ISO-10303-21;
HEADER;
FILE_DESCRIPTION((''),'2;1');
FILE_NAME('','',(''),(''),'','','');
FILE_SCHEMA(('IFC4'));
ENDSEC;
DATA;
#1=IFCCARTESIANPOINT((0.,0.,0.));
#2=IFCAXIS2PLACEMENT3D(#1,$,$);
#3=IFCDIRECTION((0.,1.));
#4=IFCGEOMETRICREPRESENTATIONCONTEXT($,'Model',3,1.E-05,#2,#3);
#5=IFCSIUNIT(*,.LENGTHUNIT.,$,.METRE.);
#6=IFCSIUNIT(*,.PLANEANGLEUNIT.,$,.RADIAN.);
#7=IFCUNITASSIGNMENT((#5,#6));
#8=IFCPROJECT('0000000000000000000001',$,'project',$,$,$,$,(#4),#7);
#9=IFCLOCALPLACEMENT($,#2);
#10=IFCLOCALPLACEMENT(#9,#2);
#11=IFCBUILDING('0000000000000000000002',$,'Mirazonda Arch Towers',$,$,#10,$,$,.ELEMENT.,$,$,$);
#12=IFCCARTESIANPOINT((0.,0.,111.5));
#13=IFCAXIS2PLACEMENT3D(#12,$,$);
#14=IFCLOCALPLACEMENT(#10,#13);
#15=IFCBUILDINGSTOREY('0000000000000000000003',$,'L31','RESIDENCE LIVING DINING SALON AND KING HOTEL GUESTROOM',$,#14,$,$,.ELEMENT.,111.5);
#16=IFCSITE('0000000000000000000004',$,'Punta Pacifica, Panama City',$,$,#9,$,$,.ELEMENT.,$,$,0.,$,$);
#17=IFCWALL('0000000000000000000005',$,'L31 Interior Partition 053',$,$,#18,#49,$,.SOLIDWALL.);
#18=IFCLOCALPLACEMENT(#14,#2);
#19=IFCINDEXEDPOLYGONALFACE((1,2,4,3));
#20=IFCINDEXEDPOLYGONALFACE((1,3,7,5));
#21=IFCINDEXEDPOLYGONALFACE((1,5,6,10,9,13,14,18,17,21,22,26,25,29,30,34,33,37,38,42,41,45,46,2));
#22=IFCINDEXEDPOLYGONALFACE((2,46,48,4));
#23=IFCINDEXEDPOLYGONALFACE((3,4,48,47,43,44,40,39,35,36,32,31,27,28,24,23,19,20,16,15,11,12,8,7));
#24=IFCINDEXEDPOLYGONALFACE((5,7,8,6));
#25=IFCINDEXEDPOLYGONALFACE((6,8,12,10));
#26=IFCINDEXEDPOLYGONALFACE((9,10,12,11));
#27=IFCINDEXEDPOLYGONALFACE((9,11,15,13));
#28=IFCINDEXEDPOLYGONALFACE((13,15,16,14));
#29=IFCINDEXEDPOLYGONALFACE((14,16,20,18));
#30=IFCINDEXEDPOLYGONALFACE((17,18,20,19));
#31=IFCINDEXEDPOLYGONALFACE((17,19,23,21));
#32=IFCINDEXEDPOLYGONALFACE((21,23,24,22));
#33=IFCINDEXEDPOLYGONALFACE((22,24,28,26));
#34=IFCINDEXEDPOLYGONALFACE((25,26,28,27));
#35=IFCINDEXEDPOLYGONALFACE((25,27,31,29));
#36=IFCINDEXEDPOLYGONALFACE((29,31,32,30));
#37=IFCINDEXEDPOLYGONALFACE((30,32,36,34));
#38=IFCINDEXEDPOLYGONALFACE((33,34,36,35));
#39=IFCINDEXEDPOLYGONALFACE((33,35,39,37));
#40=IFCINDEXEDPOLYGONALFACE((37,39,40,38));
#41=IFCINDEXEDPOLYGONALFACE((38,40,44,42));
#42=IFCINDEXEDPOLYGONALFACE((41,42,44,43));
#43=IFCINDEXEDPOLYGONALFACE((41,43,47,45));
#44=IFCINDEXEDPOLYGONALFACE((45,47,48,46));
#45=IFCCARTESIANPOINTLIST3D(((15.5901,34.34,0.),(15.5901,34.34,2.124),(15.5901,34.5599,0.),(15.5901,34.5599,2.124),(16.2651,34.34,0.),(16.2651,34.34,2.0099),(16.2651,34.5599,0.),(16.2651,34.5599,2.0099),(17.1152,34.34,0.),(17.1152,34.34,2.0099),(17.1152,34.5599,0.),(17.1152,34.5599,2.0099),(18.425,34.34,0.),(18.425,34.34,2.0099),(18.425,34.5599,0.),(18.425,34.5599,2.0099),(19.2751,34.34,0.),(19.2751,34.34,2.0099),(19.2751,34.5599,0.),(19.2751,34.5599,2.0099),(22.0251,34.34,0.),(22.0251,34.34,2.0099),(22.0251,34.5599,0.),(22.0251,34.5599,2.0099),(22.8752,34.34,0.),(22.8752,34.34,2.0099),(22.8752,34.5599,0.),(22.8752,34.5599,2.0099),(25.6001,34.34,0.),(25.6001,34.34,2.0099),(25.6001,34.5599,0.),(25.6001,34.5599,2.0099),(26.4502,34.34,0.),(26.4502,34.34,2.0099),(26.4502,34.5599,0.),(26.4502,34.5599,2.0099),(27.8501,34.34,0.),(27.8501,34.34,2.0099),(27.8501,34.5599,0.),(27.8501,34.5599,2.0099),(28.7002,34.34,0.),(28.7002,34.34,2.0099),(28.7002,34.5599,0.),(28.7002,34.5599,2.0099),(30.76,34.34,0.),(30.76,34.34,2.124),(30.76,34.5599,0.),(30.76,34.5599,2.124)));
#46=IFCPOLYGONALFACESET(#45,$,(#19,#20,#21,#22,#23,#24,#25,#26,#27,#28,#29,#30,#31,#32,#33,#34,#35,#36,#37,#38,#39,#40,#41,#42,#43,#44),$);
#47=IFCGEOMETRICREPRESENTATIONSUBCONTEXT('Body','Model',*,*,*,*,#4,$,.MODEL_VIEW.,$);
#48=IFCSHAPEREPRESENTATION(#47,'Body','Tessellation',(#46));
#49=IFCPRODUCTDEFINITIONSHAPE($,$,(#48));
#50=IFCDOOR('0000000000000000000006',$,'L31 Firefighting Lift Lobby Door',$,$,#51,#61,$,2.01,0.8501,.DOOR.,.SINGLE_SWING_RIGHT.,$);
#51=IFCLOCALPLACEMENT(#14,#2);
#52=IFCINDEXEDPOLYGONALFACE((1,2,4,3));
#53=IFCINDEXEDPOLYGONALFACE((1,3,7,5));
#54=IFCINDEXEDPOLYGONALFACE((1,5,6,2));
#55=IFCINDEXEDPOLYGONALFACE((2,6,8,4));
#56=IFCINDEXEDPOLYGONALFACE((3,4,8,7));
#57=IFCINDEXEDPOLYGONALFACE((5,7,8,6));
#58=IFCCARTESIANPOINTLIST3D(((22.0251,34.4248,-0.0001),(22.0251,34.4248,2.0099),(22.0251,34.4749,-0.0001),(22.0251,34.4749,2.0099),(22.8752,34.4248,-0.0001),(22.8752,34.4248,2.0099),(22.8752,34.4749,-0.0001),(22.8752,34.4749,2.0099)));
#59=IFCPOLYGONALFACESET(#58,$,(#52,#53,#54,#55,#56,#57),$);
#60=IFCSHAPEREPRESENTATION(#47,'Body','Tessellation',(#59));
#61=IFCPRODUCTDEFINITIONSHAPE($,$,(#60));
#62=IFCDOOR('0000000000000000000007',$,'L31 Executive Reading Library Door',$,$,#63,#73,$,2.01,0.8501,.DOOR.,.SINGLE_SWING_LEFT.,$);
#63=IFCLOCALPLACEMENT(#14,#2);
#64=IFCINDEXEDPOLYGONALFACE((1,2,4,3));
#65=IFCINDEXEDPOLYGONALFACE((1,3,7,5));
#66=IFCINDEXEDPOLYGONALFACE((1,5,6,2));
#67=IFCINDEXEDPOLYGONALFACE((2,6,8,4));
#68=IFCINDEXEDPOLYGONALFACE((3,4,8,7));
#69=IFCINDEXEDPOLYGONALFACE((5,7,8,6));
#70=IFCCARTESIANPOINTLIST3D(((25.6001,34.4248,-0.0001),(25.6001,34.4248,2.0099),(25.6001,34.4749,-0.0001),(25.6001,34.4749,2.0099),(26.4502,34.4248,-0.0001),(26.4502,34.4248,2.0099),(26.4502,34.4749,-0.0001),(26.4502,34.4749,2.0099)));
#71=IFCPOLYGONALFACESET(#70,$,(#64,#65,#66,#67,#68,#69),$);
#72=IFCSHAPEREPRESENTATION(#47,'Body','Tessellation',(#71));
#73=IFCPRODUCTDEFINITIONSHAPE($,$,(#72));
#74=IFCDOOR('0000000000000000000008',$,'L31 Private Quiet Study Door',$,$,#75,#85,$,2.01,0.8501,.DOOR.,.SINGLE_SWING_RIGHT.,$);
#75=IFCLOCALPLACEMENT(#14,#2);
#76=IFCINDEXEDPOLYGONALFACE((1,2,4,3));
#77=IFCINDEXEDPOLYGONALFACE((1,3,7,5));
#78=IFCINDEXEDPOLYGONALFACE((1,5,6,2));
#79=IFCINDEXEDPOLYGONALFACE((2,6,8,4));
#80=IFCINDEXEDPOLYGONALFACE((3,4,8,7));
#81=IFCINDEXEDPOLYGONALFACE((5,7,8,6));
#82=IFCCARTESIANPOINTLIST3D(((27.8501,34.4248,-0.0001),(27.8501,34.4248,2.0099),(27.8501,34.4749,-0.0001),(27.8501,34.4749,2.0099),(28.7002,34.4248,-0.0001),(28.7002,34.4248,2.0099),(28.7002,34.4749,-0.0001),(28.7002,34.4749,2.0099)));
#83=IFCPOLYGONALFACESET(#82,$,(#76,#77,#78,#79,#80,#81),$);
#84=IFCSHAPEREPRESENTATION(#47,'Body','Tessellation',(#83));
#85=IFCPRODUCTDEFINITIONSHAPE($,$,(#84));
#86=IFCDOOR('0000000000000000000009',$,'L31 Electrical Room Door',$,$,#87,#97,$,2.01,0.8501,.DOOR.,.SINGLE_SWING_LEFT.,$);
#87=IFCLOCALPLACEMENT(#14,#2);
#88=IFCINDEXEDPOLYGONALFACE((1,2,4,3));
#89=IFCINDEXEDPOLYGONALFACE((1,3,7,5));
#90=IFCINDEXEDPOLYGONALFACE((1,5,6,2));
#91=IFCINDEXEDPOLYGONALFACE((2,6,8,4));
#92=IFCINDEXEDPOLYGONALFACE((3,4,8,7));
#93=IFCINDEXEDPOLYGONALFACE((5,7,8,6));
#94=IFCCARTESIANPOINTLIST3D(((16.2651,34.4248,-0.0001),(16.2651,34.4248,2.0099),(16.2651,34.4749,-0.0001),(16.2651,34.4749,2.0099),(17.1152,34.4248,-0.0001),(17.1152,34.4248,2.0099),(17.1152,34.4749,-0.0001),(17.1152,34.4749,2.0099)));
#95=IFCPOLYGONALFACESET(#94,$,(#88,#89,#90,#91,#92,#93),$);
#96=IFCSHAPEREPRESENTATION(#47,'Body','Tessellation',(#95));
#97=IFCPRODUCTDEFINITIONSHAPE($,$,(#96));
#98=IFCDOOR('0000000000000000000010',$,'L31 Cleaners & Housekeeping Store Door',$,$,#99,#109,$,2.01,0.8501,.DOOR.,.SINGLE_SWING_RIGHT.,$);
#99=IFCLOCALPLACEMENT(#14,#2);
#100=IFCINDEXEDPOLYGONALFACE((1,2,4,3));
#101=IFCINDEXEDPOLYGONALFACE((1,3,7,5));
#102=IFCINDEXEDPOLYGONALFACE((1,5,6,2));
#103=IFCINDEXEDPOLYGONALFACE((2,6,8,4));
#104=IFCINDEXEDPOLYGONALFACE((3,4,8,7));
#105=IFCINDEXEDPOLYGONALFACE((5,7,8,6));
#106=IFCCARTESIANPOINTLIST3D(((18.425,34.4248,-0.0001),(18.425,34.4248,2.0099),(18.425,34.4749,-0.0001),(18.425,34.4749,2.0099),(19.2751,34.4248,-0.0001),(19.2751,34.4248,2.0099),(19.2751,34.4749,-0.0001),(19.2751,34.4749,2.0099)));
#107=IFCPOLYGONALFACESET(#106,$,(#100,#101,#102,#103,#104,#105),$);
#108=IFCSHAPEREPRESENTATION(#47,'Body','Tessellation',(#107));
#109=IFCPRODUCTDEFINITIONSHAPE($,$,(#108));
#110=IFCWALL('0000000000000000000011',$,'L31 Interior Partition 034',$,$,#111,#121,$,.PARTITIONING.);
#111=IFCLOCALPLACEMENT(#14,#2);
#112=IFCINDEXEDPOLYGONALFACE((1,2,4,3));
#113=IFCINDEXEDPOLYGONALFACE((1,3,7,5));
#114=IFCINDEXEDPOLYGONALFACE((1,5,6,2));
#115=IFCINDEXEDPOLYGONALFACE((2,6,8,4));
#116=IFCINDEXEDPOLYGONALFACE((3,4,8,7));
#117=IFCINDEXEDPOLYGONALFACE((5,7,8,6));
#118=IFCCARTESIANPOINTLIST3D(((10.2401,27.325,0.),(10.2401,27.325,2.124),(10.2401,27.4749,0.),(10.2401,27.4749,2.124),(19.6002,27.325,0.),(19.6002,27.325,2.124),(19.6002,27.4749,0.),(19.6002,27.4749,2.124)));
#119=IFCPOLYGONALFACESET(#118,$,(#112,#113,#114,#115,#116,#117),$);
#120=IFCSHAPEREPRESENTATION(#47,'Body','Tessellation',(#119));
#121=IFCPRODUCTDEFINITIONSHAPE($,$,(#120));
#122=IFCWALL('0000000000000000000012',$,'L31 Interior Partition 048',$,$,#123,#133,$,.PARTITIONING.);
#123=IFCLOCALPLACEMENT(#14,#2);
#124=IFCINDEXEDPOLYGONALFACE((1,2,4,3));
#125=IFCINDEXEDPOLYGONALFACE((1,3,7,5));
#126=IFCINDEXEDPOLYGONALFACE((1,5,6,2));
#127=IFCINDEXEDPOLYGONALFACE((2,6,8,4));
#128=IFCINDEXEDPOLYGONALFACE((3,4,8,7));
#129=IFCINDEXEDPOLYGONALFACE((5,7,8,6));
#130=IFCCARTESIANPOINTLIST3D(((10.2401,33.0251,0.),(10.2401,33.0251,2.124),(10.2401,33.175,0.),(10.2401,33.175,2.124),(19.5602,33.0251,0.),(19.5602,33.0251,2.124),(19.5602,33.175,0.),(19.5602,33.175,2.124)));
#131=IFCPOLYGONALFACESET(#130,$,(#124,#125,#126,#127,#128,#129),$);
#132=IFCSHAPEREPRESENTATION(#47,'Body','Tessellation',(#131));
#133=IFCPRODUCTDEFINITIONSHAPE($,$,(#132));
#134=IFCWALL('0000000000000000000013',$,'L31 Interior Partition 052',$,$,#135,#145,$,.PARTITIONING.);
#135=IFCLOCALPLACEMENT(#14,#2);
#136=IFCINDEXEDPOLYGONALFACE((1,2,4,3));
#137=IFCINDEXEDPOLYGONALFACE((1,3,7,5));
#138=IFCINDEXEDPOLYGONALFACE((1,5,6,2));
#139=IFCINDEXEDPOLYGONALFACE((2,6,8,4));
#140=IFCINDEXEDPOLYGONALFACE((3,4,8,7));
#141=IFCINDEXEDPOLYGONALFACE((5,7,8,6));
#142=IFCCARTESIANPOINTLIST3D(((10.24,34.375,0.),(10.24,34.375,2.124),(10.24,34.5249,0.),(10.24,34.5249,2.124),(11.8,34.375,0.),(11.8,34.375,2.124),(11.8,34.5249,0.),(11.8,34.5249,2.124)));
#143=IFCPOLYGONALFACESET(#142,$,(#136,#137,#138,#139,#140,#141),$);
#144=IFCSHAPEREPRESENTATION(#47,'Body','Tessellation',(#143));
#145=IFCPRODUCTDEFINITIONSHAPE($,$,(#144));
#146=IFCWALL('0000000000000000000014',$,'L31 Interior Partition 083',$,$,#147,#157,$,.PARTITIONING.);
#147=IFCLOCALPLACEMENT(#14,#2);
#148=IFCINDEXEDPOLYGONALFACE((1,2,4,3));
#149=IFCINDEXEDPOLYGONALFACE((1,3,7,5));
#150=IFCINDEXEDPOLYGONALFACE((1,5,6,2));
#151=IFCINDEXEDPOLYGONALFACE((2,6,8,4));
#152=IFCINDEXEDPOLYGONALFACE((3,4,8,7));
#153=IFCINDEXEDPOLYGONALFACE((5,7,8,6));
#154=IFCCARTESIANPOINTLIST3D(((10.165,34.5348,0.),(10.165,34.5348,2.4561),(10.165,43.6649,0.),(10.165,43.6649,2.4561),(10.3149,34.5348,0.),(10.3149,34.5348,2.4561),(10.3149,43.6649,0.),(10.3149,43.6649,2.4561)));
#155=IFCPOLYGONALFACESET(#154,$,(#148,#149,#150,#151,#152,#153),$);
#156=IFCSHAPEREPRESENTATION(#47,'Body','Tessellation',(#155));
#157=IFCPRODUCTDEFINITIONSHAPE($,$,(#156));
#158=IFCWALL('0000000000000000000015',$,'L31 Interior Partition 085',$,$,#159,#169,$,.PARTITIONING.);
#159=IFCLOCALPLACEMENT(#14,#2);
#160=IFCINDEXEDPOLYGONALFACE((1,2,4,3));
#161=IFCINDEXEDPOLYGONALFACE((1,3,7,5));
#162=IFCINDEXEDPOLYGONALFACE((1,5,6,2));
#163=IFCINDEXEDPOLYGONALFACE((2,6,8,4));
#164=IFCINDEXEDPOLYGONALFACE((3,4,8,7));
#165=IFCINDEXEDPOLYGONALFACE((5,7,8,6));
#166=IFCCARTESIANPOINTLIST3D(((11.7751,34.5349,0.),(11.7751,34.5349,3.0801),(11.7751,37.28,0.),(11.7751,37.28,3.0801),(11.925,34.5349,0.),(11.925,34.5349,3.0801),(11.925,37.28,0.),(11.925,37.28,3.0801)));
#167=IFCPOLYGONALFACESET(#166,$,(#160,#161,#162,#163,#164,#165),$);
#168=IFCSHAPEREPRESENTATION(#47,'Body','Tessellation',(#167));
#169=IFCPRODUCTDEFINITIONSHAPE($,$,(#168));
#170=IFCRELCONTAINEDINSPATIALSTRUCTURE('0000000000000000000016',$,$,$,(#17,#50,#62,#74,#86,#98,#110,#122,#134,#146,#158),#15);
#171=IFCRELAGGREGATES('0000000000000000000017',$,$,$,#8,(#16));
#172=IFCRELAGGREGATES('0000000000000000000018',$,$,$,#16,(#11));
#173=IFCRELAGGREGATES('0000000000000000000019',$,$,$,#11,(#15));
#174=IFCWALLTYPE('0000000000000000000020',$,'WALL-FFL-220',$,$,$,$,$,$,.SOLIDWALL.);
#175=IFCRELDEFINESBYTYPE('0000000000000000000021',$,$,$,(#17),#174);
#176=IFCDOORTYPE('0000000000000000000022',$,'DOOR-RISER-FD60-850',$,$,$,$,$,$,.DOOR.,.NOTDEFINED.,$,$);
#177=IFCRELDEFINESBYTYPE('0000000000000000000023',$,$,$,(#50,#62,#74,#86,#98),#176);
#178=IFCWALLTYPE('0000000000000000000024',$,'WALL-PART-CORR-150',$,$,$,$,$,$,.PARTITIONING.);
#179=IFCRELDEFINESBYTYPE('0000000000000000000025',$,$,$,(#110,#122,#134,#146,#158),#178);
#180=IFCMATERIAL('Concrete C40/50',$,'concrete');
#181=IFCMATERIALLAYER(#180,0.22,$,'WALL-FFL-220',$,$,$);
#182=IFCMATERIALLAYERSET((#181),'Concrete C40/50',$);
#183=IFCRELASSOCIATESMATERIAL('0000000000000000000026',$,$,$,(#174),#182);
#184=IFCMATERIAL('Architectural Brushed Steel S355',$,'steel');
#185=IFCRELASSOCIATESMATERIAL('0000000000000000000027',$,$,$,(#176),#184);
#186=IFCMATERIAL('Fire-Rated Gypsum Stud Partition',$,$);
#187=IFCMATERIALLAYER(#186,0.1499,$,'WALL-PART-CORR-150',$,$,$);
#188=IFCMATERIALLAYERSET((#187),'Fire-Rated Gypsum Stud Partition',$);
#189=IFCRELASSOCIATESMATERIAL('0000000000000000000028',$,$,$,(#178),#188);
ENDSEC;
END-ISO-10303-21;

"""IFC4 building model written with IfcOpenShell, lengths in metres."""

from ifc_helpers import new_model, si_unit, direction, frame, frame_2d, origin, place, context, subcontext, project, spatial, rectangle, extrude, material, layer, layer_set, type_object, element, fill, save


model = new_model("IFC4")

# Units and contexts
model_context = context("Model", 3, precision=1e-05, world=origin(), true_north=direction((0.0, 1.0)))
body_context = subcontext(model_context, "Body", "Model", "MODEL_VIEW")
ifc_project = project(units=[si_unit("LENGTHUNIT", "METRE"), si_unit("PLANEANGLEUNIT", "RADIAN")], contexts=[model_context])

# Site, building, storey
site_placement = place(None, origin())
site = spatial("IfcSite", under=ifc_project, at=site_placement, Name="Punta Pacifica, Panama City", CompositionType="ELEMENT", RefElevation=0.0)
building_placement = place(site_placement, origin())
building = spatial("IfcBuilding", under=site, at=building_placement, Name="Mirazonda Arch Towers", CompositionType="ELEMENT")
storey_placement = place(building_placement, frame((0.0, 0.0, 111.5)))
storey = spatial("IfcBuildingStorey", under=building, at=storey_placement, Name="L31", Description="RESIDENCE LIVING DINING SALON AND KING HOTEL GUESTROOM", CompositionType="ELEMENT", Elevation=111.5)

# Wall, openings, doors
ifc_material_1 = material(Name="Architectural Brushed Steel S355", Category="steel")
ifc_material_2 = material(Name="Concrete C40/50", Category="concrete")
ifc_layer_1 = layer(ifc_material_2, 0.22, Name="WALL-FFL-220")
ifc_layer_set_1 = layer_set([ifc_layer_1], Name="Concrete C40/50")
wall_type_1 = type_object("IfcWallType", Name="WALL-FFL-220", PredefinedType="SOLIDWALL", material=ifc_layer_set_1)
wall_1_placement = place(storey_placement, frame((15.5901, 34.45, 0.0), z_axis=(0.0, 0.0, 1.0), x_axis=(1.0, 0.0, 0.0)))
wall_1 = element("IfcWall", 1, at=wall_1_placement, inside=storey, type_object=wall_type_1, Name="L31 Interior Partition 053", PredefinedType="SOLIDWALL", context=body_context, shape_type="SweptSolid", body=[
    extrude(rectangle(XDim=15.1699, YDim=0.22, at=frame_2d((7.585, 0.0))), origin(), (0.0, 0.0, 1.0), 2.124),
])
opening_1_placement = place(wall_1_placement, frame((6.4351, 0.0, 0.0)))
opening_1 = element("IfcOpeningElement", 2, at=opening_1_placement, cuts=wall_1, PredefinedType="OPENING", context=body_context, shape_type="SweptSolid", body=[
    extrude(rectangle(XDim=0.8501, YDim=2.01, at=frame_2d((0.425, 1.0049))), frame((0.0, 0.1199, 0.0), z_axis=(0.0, -1.0, 0.0), x_axis=(1.0, 0.0, 0.0)), (0.0, 0.0, 1.0), 0.24),
])
opening_2_placement = place(wall_1_placement, frame((10.01, 0.0, 0.0)))
opening_2 = element("IfcOpeningElement", 3, at=opening_2_placement, cuts=wall_1, PredefinedType="OPENING", context=body_context, shape_type="SweptSolid", body=[
    extrude(rectangle(XDim=0.8501, YDim=2.01, at=frame_2d((0.425, 1.0049))), frame((0.0, 0.1199, 0.0), z_axis=(0.0, -1.0, 0.0), x_axis=(1.0, 0.0, 0.0)), (0.0, 0.0, 1.0), 0.24),
])
opening_3_placement = place(wall_1_placement, frame((12.26, 0.0, 0.0)))
opening_3 = element("IfcOpeningElement", 4, at=opening_3_placement, cuts=wall_1, PredefinedType="OPENING", context=body_context, shape_type="SweptSolid", body=[
    extrude(rectangle(XDim=0.8501, YDim=2.01, at=frame_2d((0.425, 1.0049))), frame((0.0, 0.1199, 0.0), z_axis=(0.0, -1.0, 0.0), x_axis=(1.0, 0.0, 0.0)), (0.0, 0.0, 1.0), 0.24),
])
opening_4_placement = place(wall_1_placement, frame((0.675, 0.0, 0.0)))
opening_4 = element("IfcOpeningElement", 5, at=opening_4_placement, cuts=wall_1, PredefinedType="OPENING", context=body_context, shape_type="SweptSolid", body=[
    extrude(rectangle(XDim=0.8501, YDim=2.01, at=frame_2d((0.425, 1.0049))), frame((0.0, 0.1199, 0.0), z_axis=(0.0, -1.0, 0.0), x_axis=(1.0, 0.0, 0.0)), (0.0, 0.0, 1.0), 0.24),
])
opening_5_placement = place(wall_1_placement, frame((2.835, 0.0, 0.0)))
opening_5 = element("IfcOpeningElement", 6, at=opening_5_placement, cuts=wall_1, PredefinedType="OPENING", context=body_context, shape_type="SweptSolid", body=[
    extrude(rectangle(XDim=0.8501, YDim=2.01, at=frame_2d((0.425, 1.0049))), frame((0.0, 0.1199, 0.0), z_axis=(0.0, -1.0, 0.0), x_axis=(1.0, 0.0, 0.0)), (0.0, 0.0, 1.0), 0.24),
])
door_type_1 = type_object("IfcDoorType", Name="DOOR-RISER-FD60-850", OperationType="NOTDEFINED", PredefinedType="DOOR", material=ifc_material_1)
door_1_placement = place(opening_1_placement, origin())
door_1 = element("IfcDoor", 7, at=door_1_placement, inside=storey, type_object=door_type_1, Name="L31 Firefighting Lift Lobby Door", OperationType="SINGLE_SWING_RIGHT", OverallHeight=2.01, OverallWidth=0.8501, PredefinedType="DOOR", context=body_context, shape_type="SweptSolid", body=[
    extrude(rectangle(XDim=0.8501, YDim=2.01, at=frame_2d((0.425, 1.0049))), frame((0.0, 0.0249, 0.0), z_axis=(0.0, -1.0, 0.0), x_axis=(1.0, 0.0, 0.0)), (0.0, 0.0, 1.0), 0.05),
])
fill(opening_1, door_1)
door_2_placement = place(opening_2_placement, origin())
door_2 = element("IfcDoor", 8, at=door_2_placement, inside=storey, type_object=door_type_1, Name="L31 Executive Reading Library Door", OperationType="SINGLE_SWING_LEFT", OverallHeight=2.01, OverallWidth=0.8501, PredefinedType="DOOR", context=body_context, shape_type="SweptSolid", body=[
    extrude(rectangle(XDim=0.8501, YDim=2.01, at=frame_2d((0.425, 1.0049))), frame((0.0, 0.0249, 0.0), z_axis=(0.0, -1.0, 0.0), x_axis=(1.0, 0.0, 0.0)), (0.0, 0.0, 1.0), 0.05),
])
fill(opening_2, door_2)
door_3_placement = place(opening_3_placement, origin())
door_3 = element("IfcDoor", 9, at=door_3_placement, inside=storey, type_object=door_type_1, Name="L31 Private Quiet Study Door", OperationType="SINGLE_SWING_RIGHT", OverallHeight=2.01, OverallWidth=0.8501, PredefinedType="DOOR", context=body_context, shape_type="SweptSolid", body=[
    extrude(rectangle(XDim=0.8501, YDim=2.01, at=frame_2d((0.425, 1.0049))), frame((0.0, 0.0249, 0.0), z_axis=(0.0, -1.0, 0.0), x_axis=(1.0, 0.0, 0.0)), (0.0, 0.0, 1.0), 0.05),
])
fill(opening_3, door_3)
door_4_placement = place(opening_4_placement, origin())
door_4 = element("IfcDoor", 10, at=door_4_placement, inside=storey, type_object=door_type_1, Name="L31 Electrical Room Door", OperationType="SINGLE_SWING_LEFT", OverallHeight=2.01, OverallWidth=0.8501, PredefinedType="DOOR", context=body_context, shape_type="SweptSolid", body=[
    extrude(rectangle(XDim=0.8501, YDim=2.01, at=frame_2d((0.425, 1.0049))), frame((0.0, 0.0249, 0.0), z_axis=(0.0, -1.0, 0.0), x_axis=(1.0, 0.0, 0.0)), (0.0, 0.0, 1.0), 0.05),
])
fill(opening_4, door_4)
door_5_placement = place(opening_5_placement, origin())
door_5 = element("IfcDoor", 11, at=door_5_placement, inside=storey, type_object=door_type_1, Name="L31 Cleaners & Housekeeping Store Door", OperationType="SINGLE_SWING_RIGHT", OverallHeight=2.01, OverallWidth=0.8501, PredefinedType="DOOR", context=body_context, shape_type="SweptSolid", body=[
    extrude(rectangle(XDim=0.8501, YDim=2.01, at=frame_2d((0.425, 1.0049))), frame((0.0, 0.0249, 0.0), z_axis=(0.0, -1.0, 0.0), x_axis=(1.0, 0.0, 0.0)), (0.0, 0.0, 1.0), 0.05),
])
fill(opening_5, door_5)

# Walls
ifc_material_3 = material(Name="Fire-Rated Gypsum Stud Partition")
ifc_layer_2 = layer(ifc_material_3, 0.1499, Name="WALL-PART-CORR-150")
ifc_layer_set_2 = layer_set([ifc_layer_2], Name="Fire-Rated Gypsum Stud Partition")
wall_type_2 = type_object("IfcWallType", Name="WALL-PART-CORR-150", PredefinedType="PARTITIONING", material=ifc_layer_set_2)
wall_2_placement = place(storey_placement, frame((10.24, 27.3999, 0.0), z_axis=(0.0, 0.0, 1.0), x_axis=(1.0, 0.0, 0.0)))
element("IfcWall", 12, at=wall_2_placement, inside=storey, type_object=wall_type_2, Name="L31 Interior Partition 034", PredefinedType="PARTITIONING", context=body_context, shape_type="SweptSolid", body=[
    extrude(rectangle(XDim=9.3601, YDim=0.1499, at=frame_2d((4.6802, 0.0))), origin(), (0.0, 0.0, 1.0), 2.124),
])
wall_3_placement = place(storey_placement, frame((10.24, 33.1001, 0.0), z_axis=(0.0, 0.0, 1.0), x_axis=(1.0, 0.0, 0.0)))
element("IfcWall", 13, at=wall_3_placement, inside=storey, type_object=wall_type_2, Name="L31 Interior Partition 048", PredefinedType="PARTITIONING", context=body_context, shape_type="SweptSolid", body=[
    extrude(rectangle(XDim=9.3201, YDim=0.1499, at=frame_2d((4.6602, 0.0))), origin(), (0.0, 0.0, 1.0), 2.124),
])
wall_4_placement = place(storey_placement, frame((10.24, 34.45, 0.0), z_axis=(0.0, 0.0, 1.0), x_axis=(1.0, 0.0, 0.0)))
element("IfcWall", 14, at=wall_4_placement, inside=storey, type_object=wall_type_2, Name="L31 Interior Partition 052", PredefinedType="PARTITIONING", context=body_context, shape_type="SweptSolid", body=[
    extrude(rectangle(XDim=1.5601, YDim=0.1499, at=frame_2d((0.78, 0.0))), origin(), (0.0, 0.0, 1.0), 2.124),
])

# Walls
wall_5_placement = place(storey_placement, frame((10.24, 34.5349, 0.0), z_axis=(0.0, 0.0, 1.0), x_axis=(0.0, 1.0, 0.0)))
element("IfcWall", 15, at=wall_5_placement, inside=storey, type_object=wall_type_2, Name="L31 Interior Partition 083", PredefinedType="PARTITIONING", context=body_context, shape_type="SweptSolid", body=[
    extrude(rectangle(XDim=9.1301, YDim=0.1499, at=frame_2d((4.5649, 0.0))), origin(), (0.0, 0.0, 1.0), 2.4561),
])
wall_6_placement = place(storey_placement, frame((11.8501, 34.5349, 0.0), z_axis=(0.0, 0.0, 1.0), x_axis=(0.0, 1.0, 0.0)))
element("IfcWall", 16, at=wall_6_placement, inside=storey, type_object=wall_type_2, Name="L31 Interior Partition 085", PredefinedType="PARTITIONING", context=body_context, shape_type="SweptSolid", body=[
    extrude(rectangle(XDim=2.7451, YDim=0.1499, at=frame_2d((1.3726, 0.0))), origin(), (0.0, 0.0, 1.0), 3.0801),
])

save(model, "model.ifc")
